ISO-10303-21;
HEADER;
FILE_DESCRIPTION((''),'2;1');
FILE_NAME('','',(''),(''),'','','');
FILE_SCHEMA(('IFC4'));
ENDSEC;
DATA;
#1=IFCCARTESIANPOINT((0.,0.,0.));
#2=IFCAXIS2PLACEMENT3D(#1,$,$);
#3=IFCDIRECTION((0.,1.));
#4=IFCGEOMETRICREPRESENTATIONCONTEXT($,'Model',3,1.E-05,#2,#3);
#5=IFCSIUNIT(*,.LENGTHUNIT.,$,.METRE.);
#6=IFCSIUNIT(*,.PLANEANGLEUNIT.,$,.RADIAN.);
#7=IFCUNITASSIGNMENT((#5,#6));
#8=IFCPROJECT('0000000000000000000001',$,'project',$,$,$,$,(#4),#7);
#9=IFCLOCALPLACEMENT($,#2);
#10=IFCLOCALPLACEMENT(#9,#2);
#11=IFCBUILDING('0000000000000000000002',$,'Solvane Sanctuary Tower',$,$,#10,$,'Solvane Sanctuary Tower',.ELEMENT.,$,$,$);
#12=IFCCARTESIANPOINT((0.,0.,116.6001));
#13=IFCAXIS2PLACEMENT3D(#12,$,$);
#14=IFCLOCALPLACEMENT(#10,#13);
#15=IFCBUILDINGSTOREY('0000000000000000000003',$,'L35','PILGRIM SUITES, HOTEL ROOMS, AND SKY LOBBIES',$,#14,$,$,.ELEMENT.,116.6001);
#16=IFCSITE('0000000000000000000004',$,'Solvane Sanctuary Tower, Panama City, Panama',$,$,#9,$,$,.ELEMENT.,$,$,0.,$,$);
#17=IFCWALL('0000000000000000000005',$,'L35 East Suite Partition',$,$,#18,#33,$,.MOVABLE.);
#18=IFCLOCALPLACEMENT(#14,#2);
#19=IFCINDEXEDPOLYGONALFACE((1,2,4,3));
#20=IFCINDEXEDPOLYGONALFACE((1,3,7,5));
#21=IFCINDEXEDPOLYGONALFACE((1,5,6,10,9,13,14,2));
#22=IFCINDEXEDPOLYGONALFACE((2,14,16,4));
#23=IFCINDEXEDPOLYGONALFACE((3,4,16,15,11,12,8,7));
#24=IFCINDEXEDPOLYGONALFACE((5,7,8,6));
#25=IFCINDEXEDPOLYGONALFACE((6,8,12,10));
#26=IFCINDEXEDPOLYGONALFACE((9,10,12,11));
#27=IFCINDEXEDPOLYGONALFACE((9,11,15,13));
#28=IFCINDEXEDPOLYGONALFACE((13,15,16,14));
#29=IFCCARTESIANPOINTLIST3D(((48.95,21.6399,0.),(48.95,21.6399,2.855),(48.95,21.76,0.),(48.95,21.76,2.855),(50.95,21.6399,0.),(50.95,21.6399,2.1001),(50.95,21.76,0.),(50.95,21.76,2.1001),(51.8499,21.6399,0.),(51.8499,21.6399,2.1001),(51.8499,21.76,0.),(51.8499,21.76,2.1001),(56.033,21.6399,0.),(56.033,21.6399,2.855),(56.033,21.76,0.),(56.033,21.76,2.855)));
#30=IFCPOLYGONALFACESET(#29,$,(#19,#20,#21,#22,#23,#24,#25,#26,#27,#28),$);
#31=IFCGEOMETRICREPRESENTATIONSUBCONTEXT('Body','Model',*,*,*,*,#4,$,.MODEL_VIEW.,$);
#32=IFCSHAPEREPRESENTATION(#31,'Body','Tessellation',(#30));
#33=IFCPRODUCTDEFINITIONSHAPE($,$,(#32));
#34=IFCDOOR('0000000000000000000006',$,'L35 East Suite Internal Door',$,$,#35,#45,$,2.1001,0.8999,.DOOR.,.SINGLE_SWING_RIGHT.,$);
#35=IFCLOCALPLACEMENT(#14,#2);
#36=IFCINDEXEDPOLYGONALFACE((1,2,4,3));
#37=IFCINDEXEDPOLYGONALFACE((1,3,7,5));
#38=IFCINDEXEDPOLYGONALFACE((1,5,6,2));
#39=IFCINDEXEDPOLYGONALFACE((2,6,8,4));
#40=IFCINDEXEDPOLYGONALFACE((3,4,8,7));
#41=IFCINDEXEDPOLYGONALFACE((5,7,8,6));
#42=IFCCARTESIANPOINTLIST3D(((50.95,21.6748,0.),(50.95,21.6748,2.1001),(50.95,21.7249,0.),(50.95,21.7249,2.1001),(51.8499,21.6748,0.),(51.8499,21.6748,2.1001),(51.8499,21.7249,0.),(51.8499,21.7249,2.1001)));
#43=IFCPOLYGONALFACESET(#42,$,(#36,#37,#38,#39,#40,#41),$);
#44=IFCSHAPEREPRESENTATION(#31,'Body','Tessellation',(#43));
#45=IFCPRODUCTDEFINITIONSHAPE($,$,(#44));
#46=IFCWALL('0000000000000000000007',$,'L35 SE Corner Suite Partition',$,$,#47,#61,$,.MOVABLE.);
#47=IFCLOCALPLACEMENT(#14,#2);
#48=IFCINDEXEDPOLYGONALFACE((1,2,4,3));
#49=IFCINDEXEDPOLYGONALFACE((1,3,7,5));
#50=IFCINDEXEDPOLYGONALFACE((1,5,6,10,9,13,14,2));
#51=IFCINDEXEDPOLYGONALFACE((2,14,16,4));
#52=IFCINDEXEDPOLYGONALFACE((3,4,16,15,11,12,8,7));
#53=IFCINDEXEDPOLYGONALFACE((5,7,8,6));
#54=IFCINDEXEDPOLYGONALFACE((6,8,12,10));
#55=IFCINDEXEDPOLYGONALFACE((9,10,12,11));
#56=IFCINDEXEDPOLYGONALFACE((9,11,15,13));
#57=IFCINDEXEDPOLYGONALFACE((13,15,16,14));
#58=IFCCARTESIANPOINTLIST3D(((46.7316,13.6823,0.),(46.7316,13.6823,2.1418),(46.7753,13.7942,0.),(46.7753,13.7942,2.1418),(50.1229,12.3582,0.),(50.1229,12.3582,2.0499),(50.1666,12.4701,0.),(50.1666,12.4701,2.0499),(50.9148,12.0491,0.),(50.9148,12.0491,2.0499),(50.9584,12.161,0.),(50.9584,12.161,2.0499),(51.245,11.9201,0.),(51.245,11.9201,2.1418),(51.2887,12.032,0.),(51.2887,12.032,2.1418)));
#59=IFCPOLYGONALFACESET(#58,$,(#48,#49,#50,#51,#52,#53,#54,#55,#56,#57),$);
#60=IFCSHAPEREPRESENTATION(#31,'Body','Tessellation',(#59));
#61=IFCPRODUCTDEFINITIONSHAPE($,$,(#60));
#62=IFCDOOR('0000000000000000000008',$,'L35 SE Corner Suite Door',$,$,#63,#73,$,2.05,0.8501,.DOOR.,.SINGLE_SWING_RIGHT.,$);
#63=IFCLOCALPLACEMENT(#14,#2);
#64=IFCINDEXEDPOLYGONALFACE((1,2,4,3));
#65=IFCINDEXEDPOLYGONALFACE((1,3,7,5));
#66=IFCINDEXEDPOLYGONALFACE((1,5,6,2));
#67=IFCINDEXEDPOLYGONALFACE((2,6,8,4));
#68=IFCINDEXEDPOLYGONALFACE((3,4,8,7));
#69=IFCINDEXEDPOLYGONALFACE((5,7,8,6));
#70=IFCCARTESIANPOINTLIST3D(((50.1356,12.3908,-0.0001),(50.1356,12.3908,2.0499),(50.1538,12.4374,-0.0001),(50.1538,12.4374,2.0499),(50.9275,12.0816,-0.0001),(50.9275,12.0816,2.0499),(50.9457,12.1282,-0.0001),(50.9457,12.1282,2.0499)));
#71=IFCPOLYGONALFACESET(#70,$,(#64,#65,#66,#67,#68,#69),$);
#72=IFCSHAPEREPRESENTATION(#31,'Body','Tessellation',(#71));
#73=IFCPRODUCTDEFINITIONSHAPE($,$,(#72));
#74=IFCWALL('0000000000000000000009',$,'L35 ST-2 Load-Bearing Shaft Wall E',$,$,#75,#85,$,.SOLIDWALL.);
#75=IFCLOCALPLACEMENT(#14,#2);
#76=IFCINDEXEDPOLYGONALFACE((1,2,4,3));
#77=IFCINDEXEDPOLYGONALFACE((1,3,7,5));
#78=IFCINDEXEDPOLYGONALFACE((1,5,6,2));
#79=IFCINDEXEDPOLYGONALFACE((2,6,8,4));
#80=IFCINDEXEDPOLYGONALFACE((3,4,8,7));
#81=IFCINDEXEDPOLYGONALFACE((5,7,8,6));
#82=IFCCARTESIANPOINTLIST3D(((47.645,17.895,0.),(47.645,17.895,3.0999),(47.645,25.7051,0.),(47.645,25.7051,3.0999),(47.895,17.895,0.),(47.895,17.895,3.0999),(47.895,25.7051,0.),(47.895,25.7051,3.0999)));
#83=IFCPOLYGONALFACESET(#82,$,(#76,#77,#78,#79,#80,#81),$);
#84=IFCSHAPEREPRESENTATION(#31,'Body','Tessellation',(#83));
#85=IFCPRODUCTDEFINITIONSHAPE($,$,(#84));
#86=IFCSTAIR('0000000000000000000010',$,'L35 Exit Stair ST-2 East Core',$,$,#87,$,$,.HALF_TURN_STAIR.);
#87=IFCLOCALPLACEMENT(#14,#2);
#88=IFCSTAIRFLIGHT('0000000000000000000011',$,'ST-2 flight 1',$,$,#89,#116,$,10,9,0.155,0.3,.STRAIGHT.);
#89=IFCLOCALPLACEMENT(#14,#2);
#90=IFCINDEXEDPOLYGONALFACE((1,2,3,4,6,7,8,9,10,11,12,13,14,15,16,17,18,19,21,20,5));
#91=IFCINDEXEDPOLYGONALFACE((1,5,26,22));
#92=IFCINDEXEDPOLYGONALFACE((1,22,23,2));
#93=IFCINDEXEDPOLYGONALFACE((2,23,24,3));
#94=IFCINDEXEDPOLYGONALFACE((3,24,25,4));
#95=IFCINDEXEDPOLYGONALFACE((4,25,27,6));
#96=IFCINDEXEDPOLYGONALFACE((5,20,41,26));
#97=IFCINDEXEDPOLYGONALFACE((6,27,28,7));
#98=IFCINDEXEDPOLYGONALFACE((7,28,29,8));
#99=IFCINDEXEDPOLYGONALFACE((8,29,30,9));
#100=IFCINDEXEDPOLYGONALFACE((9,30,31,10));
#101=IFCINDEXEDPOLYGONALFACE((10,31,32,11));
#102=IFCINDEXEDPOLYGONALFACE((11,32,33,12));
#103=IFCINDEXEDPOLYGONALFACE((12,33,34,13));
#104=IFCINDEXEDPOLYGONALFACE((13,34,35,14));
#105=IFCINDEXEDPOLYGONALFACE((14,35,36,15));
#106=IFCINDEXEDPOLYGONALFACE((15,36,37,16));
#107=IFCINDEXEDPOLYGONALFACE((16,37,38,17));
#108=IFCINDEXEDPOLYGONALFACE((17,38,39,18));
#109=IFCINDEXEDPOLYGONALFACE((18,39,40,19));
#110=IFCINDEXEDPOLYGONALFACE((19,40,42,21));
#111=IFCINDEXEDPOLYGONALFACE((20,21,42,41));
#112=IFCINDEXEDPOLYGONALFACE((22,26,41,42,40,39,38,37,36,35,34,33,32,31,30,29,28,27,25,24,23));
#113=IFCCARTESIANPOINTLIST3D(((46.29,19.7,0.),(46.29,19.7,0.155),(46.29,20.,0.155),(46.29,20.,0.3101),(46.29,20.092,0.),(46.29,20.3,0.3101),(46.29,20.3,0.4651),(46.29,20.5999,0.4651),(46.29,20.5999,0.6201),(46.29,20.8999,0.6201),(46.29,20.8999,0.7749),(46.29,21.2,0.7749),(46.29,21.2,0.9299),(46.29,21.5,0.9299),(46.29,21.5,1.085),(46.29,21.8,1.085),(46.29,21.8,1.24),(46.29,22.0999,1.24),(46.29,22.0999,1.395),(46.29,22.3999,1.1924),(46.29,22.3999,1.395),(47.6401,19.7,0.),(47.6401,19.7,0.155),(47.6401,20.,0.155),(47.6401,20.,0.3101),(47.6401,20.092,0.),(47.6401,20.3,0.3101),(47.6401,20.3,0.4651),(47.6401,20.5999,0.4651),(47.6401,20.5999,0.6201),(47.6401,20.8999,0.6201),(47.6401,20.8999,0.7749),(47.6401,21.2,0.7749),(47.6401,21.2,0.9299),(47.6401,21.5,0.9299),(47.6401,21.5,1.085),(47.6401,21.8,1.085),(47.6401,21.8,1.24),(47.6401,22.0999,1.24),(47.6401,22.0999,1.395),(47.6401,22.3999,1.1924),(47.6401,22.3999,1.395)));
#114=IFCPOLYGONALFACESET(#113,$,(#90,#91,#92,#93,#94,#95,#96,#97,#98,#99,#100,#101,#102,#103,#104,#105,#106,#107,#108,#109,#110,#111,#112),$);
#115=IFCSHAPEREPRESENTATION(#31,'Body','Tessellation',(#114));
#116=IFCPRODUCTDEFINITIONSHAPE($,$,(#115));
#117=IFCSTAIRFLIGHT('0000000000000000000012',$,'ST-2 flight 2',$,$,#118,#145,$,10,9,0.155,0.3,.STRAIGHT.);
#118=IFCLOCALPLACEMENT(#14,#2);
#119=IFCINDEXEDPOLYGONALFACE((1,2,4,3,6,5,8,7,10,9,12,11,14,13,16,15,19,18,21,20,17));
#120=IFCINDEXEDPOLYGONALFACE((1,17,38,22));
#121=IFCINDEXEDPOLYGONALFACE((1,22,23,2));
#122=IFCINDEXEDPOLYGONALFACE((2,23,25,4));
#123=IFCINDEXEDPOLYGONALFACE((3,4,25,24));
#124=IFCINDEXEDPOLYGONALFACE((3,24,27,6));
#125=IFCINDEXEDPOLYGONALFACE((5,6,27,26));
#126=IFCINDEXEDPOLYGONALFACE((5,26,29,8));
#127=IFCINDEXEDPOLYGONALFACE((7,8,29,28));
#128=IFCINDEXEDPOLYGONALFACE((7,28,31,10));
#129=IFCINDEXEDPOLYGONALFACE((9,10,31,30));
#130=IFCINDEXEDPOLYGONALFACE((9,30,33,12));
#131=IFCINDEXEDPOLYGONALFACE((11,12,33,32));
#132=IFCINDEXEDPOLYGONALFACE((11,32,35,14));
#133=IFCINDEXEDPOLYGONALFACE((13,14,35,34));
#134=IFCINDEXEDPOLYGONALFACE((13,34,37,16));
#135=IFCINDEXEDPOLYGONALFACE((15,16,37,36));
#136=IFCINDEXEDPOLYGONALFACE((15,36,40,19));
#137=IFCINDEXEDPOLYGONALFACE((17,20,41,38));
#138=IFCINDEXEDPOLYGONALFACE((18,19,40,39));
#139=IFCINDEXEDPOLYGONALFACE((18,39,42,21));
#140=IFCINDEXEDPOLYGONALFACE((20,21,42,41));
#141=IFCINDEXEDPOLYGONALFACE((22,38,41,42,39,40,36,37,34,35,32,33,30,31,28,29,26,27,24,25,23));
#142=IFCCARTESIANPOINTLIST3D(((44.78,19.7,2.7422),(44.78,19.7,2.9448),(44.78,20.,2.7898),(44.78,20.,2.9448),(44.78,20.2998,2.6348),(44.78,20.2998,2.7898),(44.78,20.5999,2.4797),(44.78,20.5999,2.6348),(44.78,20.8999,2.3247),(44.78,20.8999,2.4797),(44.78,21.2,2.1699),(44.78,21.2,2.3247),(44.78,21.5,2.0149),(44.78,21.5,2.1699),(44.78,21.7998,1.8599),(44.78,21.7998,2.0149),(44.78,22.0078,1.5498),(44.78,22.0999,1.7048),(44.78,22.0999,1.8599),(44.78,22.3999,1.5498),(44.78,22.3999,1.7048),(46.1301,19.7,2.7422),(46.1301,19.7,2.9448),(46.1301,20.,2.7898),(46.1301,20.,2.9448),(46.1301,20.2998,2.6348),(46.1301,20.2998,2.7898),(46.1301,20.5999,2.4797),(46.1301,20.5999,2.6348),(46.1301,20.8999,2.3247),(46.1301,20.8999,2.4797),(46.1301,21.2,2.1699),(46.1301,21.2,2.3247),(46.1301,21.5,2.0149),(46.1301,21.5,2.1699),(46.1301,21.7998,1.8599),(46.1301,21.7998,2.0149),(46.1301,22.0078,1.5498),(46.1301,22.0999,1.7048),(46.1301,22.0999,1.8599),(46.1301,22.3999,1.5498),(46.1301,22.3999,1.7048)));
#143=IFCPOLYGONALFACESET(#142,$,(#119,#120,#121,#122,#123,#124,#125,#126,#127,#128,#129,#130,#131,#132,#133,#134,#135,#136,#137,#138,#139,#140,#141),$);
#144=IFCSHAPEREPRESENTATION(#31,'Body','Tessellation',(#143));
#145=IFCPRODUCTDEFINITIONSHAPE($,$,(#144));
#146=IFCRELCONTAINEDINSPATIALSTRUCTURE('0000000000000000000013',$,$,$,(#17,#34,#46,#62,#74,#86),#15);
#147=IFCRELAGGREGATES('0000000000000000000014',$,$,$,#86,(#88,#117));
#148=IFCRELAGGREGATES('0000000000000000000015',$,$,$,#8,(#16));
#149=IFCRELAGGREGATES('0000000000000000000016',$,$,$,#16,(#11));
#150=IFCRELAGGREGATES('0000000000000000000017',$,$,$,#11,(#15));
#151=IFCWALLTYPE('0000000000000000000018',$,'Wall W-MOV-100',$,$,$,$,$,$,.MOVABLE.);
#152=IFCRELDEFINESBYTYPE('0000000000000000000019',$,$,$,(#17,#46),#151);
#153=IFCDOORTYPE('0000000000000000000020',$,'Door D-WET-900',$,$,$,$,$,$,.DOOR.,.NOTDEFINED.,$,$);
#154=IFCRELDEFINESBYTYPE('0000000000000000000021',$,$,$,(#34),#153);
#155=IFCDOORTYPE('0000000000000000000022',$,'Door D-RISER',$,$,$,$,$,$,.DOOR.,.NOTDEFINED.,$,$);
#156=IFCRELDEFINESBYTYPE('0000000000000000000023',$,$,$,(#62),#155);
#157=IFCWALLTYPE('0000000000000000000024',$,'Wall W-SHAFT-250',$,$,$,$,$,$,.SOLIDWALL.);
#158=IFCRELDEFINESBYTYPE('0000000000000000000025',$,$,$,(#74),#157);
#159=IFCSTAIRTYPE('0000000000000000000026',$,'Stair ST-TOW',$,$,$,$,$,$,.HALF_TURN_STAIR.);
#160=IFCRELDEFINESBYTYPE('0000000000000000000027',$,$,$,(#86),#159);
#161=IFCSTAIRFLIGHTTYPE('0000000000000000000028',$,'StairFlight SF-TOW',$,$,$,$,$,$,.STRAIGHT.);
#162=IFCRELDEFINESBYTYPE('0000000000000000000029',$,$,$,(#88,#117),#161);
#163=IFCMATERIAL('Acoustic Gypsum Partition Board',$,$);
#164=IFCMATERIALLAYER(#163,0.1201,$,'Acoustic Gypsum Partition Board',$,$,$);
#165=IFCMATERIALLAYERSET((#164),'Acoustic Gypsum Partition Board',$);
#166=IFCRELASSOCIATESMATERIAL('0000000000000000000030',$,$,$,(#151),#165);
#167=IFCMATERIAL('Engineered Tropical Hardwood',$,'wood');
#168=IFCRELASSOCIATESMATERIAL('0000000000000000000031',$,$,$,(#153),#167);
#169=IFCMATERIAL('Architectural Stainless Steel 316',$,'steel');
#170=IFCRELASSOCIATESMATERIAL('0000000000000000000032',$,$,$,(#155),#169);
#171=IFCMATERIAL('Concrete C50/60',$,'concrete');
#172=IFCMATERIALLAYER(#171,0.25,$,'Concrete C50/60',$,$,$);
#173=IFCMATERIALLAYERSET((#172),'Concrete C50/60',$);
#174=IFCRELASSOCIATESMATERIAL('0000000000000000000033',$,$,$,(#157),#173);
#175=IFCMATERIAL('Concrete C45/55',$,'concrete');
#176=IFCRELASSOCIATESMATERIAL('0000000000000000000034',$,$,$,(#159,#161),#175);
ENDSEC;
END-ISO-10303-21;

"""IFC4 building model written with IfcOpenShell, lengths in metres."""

from ifc_helpers import new_model, si_unit, direction, frame, frame_2d, origin, place, context, subcontext, project, spatial, polyline, rectangle, outline, extrude, material, layer, layer_set, type_object, element, fill, aggregate, save


model = new_model("IFC4")

# Units and contexts
model_context = context("Model", 3, precision=1e-05, world=origin(), true_north=direction((0.0, 1.0)))
body_context = subcontext(model_context, "Body", "Model", "MODEL_VIEW")
ifc_project = project(units=[si_unit("LENGTHUNIT", "METRE"), si_unit("PLANEANGLEUNIT", "RADIAN")], contexts=[model_context])

# Site, building, storey
site_placement = place(None, origin())
site = spatial("IfcSite", under=ifc_project, at=site_placement, Name="Solvane Sanctuary Tower, Panama City, Panama", CompositionType="ELEMENT", RefElevation=0.0)
building_placement = place(site_placement, origin())
building = spatial("IfcBuilding", under=site, at=building_placement, Name="Solvane Sanctuary Tower", LongName="Solvane Sanctuary Tower", CompositionType="ELEMENT")
storey_placement = place(building_placement, frame((0.0, 0.0, 116.6001)))
storey = spatial("IfcBuildingStorey", under=building, at=storey_placement, Name="L35", Description="PILGRIM SUITES, HOTEL ROOMS, AND SKY LOBBIES", CompositionType="ELEMENT", Elevation=116.6001)

# Shared definitions
ifc_material_1 = material(Name="Acoustic Gypsum Partition Board")
ifc_material_2 = material(Name="Engineered Tropical Hardwood", Category="wood")

# Walls, openings, doors
ifc_layer_1 = layer(ifc_material_1, 0.1201, Name="Acoustic Gypsum Partition Board")
ifc_layer_set_1 = layer_set([ifc_layer_1], Name="Acoustic Gypsum Partition Board")
wall_type_1 = type_object("IfcWallType", Name="Wall W-MOV-100", PredefinedType="MOVABLE", material=ifc_layer_set_1)
wall_1_placement = place(storey_placement, frame((48.95, 21.7, 0.0), z_axis=(0.0, 0.0, 1.0), x_axis=(1.0, 0.0, 0.0)))
wall_1 = element("IfcWall", 1, at=wall_1_placement, inside=storey, type_object=wall_type_1, Name="L35 East Suite Partition", PredefinedType="MOVABLE", context=body_context, shape_type="SweptSolid", body=[
    extrude(rectangle(XDim=7.083, YDim=0.1201, at=frame_2d((3.5415, 0.0))), origin(), (0.0, 0.0, 1.0), 2.855),
])
opening_1_placement = place(wall_1_placement, frame((2.0, 0.0, 0.0)))
opening_1 = element("IfcOpeningElement", 2, at=opening_1_placement, cuts=wall_1, PredefinedType="OPENING", context=body_context, shape_type="SweptSolid", body=[
    extrude(rectangle(XDim=0.8999, YDim=2.1001, at=frame_2d((0.45, 1.05))), frame((0.0, 0.0701, 0.0), z_axis=(0.0, -1.0, 0.0), x_axis=(1.0, 0.0, 0.0)), (0.0, 0.0, 1.0), 0.1401),
])
door_type_1 = type_object("IfcDoorType", Name="Door D-WET-900", OperationType="NOTDEFINED", PredefinedType="DOOR", material=ifc_material_2)
door_1_placement = place(opening_1_placement, origin())
door_1 = element("IfcDoor", 3, at=door_1_placement, inside=storey, type_object=door_type_1, Name="L35 East Suite Internal Door", OperationType="SINGLE_SWING_RIGHT", OverallHeight=2.1001, OverallWidth=0.8999, PredefinedType="DOOR", context=body_context, shape_type="SweptSolid", body=[
    extrude(rectangle(XDim=0.8999, YDim=2.1001, at=frame_2d((0.45, 1.05))), frame((0.0, 0.0249, 0.0), z_axis=(0.0, -1.0, 0.0), x_axis=(1.0, 0.0, 0.0)), (0.0, 0.0, 1.0), 0.05),
])
fill(opening_1, door_1)
wall_2_placement = place(storey_placement, frame((46.7534, 13.7383, 0.0), z_axis=(0.0, 0.0, 1.0), x_axis=(0.931517, -0.363698, 0.0)))
wall_2 = element("IfcWall", 4, at=wall_2_placement, inside=storey, type_object=wall_type_1, Name="L35 SE Corner Suite Partition", PredefinedType="MOVABLE", context=body_context, shape_type="SweptSolid", body=[
    extrude(rectangle(XDim=4.8452, YDim=0.1201, at=frame_2d((2.4226, 0.0))), origin(), (0.0, 0.0, 1.0), 2.1418),
])
opening_2_placement = place(wall_2_placement, frame((3.6406, 0.0, 0.0)))
opening_2 = element("IfcOpeningElement", 5, at=opening_2_placement, cuts=wall_2, PredefinedType="OPENING", context=body_context, shape_type="SweptSolid", body=[
    extrude(rectangle(XDim=0.8501, YDim=2.05, at=frame_2d((0.425, 1.0249))), frame((0.0, 0.0701, 0.0), z_axis=(0.0, -1.0, 0.0), x_axis=(1.0, 0.0, 0.0)), (0.0, 0.0, 1.0), 0.1401),
])
ifc_material_3 = material(Name="Architectural Stainless Steel 316", Category="steel")
door_type_2 = type_object("IfcDoorType", Name="Door D-RISER", OperationType="NOTDEFINED", PredefinedType="DOOR", material=ifc_material_3)
door_2_placement = place(opening_2_placement, origin())
door_2 = element("IfcDoor", 6, at=door_2_placement, inside=storey, type_object=door_type_2, Name="L35 SE Corner Suite Door", OperationType="SINGLE_SWING_RIGHT", OverallHeight=2.05, OverallWidth=0.8501, PredefinedType="DOOR", context=body_context, shape_type="SweptSolid", body=[
    extrude(rectangle(XDim=0.8501, YDim=2.05, at=frame_2d((0.425, 1.0249))), frame((0.0, 0.0249, 0.0), z_axis=(0.0, -1.0, 0.0), x_axis=(1.0, 0.0, 0.0)), (0.0, 0.0, 1.0), 0.05),
])
fill(opening_2, door_2)

# Wall
ifc_material_4 = material(Name="Concrete C50/60", Category="concrete")
ifc_layer_2 = layer(ifc_material_4, 0.25, Name="Concrete C50/60")
ifc_layer_set_2 = layer_set([ifc_layer_2], Name="Concrete C50/60")
wall_type_2 = type_object("IfcWallType", Name="Wall W-SHAFT-250", PredefinedType="SOLIDWALL", material=ifc_layer_set_2)
wall_3_placement = place(storey_placement, frame((47.77, 17.895, 0.0), z_axis=(0.0, 0.0, 1.0), x_axis=(0.0, 1.0, 0.0)))
element("IfcWall", 7, at=wall_3_placement, inside=storey, type_object=wall_type_2, Name="L35 ST-2 Load-Bearing Shaft Wall E", PredefinedType="SOLIDWALL", context=body_context, shape_type="SweptSolid", body=[
    extrude(rectangle(XDim=7.8101, YDim=0.25, at=frame_2d((3.905, 0.0))), origin(), (0.0, 0.0, 1.0), 3.0999),
])

# Stair, stair flights
ifc_material_5 = material(Name="Concrete C45/55", Category="concrete")
stair_type = type_object("IfcStairType", Name="Stair ST-TOW", PredefinedType="HALF_TURN_STAIR", material=ifc_material_5)
stair_placement = place(storey_placement, origin())
stair = element("IfcStair", 8, at=stair_placement, inside=storey, type_object=stair_type, Name="L35 Exit Stair ST-2 East Core", PredefinedType="HALF_TURN_STAIR")
stair_flight_type = type_object("IfcStairFlightType", Name="StairFlight SF-TOW", PredefinedType="STRAIGHT", material=ifc_material_5)
stair_flight_1_placement = place(storey_placement, frame((46.9651, 19.7, 0.0), z_axis=(0.0, 0.0, 1.0), x_axis=(0.0, 1.0, 0.0)))
stair_flight_1 = element("IfcStairFlight", 9, at=stair_flight_1_placement, type_object=stair_flight_type, Name="ST-2 flight 1", NumberOfRisers=10, NumberOfTreads=9, PredefinedType="STRAIGHT", RiserHeight=0.155, TreadLength=0.3, context=body_context, shape_type="SweptSolid", body=[
    extrude(outline(polyline([(0.0, 0.0), (0.0, 0.155), (0.3, 0.155), (0.3, 0.3101), (0.6001, 0.3101), (0.6001, 0.4651), (0.8999, 0.4651), (0.8999, 0.6201), (1.2, 0.6201), (1.2, 0.7749), (1.5, 0.7749), (1.5, 0.9299), (1.8, 0.9299), (1.8, 1.085), (2.1001, 1.085), (2.1001, 1.24), (2.3999, 1.24), (2.3999, 1.395), (2.7, 1.395), (2.7, 1.55), (2.7, 1.1924), (0.3921, 0.0), (0.0, 0.0)])), frame((0.0, 0.675, 0.0), z_axis=(0.0, -1.0, 0.0), x_axis=(1.0, 0.0, 0.0)), (0.0, 0.0, 1.0), 1.3501),
])
stair_flight_2_placement = place(storey_placement, frame((45.4551, 22.3999, 1.5498), z_axis=(0.0, 0.0, 1.0), x_axis=(0.0, -1.0, 0.0)))
stair_flight_2 = element("IfcStairFlight", 10, at=stair_flight_2_placement, type_object=stair_flight_type, Name="ST-2 flight 2", NumberOfRisers=10, NumberOfTreads=9, PredefinedType="STRAIGHT", RiserHeight=0.155, TreadLength=0.3, context=body_context, shape_type="SweptSolid", body=[
    extrude(outline(polyline([(0.0, 0.0), (0.0, 0.155), (0.3, 0.155), (0.3, 0.3101), (0.6001, 0.3101), (0.6001, 0.4651), (0.8999, 0.4651), (0.8999, 0.6201), (1.2, 0.6201), (1.2, 0.7749), (1.5, 0.7749), (1.5, 0.9299), (1.8, 0.9299), (1.8, 1.085), (2.1001, 1.085), (2.1001, 1.24), (2.3999, 1.24), (2.3999, 1.395), (2.7, 1.395), (2.7, 1.55), (2.7, 1.1924), (0.3921, 0.0), (0.0, 0.0)])), frame((0.0, 0.675, 0.0), z_axis=(0.0, -1.0, 0.0), x_axis=(1.0, 0.0, 0.0)), (0.0, 0.0, 1.0), 1.3501),
])
aggregate(stair, [stair_flight_1, stair_flight_2])

save(model, "model.ifc")
